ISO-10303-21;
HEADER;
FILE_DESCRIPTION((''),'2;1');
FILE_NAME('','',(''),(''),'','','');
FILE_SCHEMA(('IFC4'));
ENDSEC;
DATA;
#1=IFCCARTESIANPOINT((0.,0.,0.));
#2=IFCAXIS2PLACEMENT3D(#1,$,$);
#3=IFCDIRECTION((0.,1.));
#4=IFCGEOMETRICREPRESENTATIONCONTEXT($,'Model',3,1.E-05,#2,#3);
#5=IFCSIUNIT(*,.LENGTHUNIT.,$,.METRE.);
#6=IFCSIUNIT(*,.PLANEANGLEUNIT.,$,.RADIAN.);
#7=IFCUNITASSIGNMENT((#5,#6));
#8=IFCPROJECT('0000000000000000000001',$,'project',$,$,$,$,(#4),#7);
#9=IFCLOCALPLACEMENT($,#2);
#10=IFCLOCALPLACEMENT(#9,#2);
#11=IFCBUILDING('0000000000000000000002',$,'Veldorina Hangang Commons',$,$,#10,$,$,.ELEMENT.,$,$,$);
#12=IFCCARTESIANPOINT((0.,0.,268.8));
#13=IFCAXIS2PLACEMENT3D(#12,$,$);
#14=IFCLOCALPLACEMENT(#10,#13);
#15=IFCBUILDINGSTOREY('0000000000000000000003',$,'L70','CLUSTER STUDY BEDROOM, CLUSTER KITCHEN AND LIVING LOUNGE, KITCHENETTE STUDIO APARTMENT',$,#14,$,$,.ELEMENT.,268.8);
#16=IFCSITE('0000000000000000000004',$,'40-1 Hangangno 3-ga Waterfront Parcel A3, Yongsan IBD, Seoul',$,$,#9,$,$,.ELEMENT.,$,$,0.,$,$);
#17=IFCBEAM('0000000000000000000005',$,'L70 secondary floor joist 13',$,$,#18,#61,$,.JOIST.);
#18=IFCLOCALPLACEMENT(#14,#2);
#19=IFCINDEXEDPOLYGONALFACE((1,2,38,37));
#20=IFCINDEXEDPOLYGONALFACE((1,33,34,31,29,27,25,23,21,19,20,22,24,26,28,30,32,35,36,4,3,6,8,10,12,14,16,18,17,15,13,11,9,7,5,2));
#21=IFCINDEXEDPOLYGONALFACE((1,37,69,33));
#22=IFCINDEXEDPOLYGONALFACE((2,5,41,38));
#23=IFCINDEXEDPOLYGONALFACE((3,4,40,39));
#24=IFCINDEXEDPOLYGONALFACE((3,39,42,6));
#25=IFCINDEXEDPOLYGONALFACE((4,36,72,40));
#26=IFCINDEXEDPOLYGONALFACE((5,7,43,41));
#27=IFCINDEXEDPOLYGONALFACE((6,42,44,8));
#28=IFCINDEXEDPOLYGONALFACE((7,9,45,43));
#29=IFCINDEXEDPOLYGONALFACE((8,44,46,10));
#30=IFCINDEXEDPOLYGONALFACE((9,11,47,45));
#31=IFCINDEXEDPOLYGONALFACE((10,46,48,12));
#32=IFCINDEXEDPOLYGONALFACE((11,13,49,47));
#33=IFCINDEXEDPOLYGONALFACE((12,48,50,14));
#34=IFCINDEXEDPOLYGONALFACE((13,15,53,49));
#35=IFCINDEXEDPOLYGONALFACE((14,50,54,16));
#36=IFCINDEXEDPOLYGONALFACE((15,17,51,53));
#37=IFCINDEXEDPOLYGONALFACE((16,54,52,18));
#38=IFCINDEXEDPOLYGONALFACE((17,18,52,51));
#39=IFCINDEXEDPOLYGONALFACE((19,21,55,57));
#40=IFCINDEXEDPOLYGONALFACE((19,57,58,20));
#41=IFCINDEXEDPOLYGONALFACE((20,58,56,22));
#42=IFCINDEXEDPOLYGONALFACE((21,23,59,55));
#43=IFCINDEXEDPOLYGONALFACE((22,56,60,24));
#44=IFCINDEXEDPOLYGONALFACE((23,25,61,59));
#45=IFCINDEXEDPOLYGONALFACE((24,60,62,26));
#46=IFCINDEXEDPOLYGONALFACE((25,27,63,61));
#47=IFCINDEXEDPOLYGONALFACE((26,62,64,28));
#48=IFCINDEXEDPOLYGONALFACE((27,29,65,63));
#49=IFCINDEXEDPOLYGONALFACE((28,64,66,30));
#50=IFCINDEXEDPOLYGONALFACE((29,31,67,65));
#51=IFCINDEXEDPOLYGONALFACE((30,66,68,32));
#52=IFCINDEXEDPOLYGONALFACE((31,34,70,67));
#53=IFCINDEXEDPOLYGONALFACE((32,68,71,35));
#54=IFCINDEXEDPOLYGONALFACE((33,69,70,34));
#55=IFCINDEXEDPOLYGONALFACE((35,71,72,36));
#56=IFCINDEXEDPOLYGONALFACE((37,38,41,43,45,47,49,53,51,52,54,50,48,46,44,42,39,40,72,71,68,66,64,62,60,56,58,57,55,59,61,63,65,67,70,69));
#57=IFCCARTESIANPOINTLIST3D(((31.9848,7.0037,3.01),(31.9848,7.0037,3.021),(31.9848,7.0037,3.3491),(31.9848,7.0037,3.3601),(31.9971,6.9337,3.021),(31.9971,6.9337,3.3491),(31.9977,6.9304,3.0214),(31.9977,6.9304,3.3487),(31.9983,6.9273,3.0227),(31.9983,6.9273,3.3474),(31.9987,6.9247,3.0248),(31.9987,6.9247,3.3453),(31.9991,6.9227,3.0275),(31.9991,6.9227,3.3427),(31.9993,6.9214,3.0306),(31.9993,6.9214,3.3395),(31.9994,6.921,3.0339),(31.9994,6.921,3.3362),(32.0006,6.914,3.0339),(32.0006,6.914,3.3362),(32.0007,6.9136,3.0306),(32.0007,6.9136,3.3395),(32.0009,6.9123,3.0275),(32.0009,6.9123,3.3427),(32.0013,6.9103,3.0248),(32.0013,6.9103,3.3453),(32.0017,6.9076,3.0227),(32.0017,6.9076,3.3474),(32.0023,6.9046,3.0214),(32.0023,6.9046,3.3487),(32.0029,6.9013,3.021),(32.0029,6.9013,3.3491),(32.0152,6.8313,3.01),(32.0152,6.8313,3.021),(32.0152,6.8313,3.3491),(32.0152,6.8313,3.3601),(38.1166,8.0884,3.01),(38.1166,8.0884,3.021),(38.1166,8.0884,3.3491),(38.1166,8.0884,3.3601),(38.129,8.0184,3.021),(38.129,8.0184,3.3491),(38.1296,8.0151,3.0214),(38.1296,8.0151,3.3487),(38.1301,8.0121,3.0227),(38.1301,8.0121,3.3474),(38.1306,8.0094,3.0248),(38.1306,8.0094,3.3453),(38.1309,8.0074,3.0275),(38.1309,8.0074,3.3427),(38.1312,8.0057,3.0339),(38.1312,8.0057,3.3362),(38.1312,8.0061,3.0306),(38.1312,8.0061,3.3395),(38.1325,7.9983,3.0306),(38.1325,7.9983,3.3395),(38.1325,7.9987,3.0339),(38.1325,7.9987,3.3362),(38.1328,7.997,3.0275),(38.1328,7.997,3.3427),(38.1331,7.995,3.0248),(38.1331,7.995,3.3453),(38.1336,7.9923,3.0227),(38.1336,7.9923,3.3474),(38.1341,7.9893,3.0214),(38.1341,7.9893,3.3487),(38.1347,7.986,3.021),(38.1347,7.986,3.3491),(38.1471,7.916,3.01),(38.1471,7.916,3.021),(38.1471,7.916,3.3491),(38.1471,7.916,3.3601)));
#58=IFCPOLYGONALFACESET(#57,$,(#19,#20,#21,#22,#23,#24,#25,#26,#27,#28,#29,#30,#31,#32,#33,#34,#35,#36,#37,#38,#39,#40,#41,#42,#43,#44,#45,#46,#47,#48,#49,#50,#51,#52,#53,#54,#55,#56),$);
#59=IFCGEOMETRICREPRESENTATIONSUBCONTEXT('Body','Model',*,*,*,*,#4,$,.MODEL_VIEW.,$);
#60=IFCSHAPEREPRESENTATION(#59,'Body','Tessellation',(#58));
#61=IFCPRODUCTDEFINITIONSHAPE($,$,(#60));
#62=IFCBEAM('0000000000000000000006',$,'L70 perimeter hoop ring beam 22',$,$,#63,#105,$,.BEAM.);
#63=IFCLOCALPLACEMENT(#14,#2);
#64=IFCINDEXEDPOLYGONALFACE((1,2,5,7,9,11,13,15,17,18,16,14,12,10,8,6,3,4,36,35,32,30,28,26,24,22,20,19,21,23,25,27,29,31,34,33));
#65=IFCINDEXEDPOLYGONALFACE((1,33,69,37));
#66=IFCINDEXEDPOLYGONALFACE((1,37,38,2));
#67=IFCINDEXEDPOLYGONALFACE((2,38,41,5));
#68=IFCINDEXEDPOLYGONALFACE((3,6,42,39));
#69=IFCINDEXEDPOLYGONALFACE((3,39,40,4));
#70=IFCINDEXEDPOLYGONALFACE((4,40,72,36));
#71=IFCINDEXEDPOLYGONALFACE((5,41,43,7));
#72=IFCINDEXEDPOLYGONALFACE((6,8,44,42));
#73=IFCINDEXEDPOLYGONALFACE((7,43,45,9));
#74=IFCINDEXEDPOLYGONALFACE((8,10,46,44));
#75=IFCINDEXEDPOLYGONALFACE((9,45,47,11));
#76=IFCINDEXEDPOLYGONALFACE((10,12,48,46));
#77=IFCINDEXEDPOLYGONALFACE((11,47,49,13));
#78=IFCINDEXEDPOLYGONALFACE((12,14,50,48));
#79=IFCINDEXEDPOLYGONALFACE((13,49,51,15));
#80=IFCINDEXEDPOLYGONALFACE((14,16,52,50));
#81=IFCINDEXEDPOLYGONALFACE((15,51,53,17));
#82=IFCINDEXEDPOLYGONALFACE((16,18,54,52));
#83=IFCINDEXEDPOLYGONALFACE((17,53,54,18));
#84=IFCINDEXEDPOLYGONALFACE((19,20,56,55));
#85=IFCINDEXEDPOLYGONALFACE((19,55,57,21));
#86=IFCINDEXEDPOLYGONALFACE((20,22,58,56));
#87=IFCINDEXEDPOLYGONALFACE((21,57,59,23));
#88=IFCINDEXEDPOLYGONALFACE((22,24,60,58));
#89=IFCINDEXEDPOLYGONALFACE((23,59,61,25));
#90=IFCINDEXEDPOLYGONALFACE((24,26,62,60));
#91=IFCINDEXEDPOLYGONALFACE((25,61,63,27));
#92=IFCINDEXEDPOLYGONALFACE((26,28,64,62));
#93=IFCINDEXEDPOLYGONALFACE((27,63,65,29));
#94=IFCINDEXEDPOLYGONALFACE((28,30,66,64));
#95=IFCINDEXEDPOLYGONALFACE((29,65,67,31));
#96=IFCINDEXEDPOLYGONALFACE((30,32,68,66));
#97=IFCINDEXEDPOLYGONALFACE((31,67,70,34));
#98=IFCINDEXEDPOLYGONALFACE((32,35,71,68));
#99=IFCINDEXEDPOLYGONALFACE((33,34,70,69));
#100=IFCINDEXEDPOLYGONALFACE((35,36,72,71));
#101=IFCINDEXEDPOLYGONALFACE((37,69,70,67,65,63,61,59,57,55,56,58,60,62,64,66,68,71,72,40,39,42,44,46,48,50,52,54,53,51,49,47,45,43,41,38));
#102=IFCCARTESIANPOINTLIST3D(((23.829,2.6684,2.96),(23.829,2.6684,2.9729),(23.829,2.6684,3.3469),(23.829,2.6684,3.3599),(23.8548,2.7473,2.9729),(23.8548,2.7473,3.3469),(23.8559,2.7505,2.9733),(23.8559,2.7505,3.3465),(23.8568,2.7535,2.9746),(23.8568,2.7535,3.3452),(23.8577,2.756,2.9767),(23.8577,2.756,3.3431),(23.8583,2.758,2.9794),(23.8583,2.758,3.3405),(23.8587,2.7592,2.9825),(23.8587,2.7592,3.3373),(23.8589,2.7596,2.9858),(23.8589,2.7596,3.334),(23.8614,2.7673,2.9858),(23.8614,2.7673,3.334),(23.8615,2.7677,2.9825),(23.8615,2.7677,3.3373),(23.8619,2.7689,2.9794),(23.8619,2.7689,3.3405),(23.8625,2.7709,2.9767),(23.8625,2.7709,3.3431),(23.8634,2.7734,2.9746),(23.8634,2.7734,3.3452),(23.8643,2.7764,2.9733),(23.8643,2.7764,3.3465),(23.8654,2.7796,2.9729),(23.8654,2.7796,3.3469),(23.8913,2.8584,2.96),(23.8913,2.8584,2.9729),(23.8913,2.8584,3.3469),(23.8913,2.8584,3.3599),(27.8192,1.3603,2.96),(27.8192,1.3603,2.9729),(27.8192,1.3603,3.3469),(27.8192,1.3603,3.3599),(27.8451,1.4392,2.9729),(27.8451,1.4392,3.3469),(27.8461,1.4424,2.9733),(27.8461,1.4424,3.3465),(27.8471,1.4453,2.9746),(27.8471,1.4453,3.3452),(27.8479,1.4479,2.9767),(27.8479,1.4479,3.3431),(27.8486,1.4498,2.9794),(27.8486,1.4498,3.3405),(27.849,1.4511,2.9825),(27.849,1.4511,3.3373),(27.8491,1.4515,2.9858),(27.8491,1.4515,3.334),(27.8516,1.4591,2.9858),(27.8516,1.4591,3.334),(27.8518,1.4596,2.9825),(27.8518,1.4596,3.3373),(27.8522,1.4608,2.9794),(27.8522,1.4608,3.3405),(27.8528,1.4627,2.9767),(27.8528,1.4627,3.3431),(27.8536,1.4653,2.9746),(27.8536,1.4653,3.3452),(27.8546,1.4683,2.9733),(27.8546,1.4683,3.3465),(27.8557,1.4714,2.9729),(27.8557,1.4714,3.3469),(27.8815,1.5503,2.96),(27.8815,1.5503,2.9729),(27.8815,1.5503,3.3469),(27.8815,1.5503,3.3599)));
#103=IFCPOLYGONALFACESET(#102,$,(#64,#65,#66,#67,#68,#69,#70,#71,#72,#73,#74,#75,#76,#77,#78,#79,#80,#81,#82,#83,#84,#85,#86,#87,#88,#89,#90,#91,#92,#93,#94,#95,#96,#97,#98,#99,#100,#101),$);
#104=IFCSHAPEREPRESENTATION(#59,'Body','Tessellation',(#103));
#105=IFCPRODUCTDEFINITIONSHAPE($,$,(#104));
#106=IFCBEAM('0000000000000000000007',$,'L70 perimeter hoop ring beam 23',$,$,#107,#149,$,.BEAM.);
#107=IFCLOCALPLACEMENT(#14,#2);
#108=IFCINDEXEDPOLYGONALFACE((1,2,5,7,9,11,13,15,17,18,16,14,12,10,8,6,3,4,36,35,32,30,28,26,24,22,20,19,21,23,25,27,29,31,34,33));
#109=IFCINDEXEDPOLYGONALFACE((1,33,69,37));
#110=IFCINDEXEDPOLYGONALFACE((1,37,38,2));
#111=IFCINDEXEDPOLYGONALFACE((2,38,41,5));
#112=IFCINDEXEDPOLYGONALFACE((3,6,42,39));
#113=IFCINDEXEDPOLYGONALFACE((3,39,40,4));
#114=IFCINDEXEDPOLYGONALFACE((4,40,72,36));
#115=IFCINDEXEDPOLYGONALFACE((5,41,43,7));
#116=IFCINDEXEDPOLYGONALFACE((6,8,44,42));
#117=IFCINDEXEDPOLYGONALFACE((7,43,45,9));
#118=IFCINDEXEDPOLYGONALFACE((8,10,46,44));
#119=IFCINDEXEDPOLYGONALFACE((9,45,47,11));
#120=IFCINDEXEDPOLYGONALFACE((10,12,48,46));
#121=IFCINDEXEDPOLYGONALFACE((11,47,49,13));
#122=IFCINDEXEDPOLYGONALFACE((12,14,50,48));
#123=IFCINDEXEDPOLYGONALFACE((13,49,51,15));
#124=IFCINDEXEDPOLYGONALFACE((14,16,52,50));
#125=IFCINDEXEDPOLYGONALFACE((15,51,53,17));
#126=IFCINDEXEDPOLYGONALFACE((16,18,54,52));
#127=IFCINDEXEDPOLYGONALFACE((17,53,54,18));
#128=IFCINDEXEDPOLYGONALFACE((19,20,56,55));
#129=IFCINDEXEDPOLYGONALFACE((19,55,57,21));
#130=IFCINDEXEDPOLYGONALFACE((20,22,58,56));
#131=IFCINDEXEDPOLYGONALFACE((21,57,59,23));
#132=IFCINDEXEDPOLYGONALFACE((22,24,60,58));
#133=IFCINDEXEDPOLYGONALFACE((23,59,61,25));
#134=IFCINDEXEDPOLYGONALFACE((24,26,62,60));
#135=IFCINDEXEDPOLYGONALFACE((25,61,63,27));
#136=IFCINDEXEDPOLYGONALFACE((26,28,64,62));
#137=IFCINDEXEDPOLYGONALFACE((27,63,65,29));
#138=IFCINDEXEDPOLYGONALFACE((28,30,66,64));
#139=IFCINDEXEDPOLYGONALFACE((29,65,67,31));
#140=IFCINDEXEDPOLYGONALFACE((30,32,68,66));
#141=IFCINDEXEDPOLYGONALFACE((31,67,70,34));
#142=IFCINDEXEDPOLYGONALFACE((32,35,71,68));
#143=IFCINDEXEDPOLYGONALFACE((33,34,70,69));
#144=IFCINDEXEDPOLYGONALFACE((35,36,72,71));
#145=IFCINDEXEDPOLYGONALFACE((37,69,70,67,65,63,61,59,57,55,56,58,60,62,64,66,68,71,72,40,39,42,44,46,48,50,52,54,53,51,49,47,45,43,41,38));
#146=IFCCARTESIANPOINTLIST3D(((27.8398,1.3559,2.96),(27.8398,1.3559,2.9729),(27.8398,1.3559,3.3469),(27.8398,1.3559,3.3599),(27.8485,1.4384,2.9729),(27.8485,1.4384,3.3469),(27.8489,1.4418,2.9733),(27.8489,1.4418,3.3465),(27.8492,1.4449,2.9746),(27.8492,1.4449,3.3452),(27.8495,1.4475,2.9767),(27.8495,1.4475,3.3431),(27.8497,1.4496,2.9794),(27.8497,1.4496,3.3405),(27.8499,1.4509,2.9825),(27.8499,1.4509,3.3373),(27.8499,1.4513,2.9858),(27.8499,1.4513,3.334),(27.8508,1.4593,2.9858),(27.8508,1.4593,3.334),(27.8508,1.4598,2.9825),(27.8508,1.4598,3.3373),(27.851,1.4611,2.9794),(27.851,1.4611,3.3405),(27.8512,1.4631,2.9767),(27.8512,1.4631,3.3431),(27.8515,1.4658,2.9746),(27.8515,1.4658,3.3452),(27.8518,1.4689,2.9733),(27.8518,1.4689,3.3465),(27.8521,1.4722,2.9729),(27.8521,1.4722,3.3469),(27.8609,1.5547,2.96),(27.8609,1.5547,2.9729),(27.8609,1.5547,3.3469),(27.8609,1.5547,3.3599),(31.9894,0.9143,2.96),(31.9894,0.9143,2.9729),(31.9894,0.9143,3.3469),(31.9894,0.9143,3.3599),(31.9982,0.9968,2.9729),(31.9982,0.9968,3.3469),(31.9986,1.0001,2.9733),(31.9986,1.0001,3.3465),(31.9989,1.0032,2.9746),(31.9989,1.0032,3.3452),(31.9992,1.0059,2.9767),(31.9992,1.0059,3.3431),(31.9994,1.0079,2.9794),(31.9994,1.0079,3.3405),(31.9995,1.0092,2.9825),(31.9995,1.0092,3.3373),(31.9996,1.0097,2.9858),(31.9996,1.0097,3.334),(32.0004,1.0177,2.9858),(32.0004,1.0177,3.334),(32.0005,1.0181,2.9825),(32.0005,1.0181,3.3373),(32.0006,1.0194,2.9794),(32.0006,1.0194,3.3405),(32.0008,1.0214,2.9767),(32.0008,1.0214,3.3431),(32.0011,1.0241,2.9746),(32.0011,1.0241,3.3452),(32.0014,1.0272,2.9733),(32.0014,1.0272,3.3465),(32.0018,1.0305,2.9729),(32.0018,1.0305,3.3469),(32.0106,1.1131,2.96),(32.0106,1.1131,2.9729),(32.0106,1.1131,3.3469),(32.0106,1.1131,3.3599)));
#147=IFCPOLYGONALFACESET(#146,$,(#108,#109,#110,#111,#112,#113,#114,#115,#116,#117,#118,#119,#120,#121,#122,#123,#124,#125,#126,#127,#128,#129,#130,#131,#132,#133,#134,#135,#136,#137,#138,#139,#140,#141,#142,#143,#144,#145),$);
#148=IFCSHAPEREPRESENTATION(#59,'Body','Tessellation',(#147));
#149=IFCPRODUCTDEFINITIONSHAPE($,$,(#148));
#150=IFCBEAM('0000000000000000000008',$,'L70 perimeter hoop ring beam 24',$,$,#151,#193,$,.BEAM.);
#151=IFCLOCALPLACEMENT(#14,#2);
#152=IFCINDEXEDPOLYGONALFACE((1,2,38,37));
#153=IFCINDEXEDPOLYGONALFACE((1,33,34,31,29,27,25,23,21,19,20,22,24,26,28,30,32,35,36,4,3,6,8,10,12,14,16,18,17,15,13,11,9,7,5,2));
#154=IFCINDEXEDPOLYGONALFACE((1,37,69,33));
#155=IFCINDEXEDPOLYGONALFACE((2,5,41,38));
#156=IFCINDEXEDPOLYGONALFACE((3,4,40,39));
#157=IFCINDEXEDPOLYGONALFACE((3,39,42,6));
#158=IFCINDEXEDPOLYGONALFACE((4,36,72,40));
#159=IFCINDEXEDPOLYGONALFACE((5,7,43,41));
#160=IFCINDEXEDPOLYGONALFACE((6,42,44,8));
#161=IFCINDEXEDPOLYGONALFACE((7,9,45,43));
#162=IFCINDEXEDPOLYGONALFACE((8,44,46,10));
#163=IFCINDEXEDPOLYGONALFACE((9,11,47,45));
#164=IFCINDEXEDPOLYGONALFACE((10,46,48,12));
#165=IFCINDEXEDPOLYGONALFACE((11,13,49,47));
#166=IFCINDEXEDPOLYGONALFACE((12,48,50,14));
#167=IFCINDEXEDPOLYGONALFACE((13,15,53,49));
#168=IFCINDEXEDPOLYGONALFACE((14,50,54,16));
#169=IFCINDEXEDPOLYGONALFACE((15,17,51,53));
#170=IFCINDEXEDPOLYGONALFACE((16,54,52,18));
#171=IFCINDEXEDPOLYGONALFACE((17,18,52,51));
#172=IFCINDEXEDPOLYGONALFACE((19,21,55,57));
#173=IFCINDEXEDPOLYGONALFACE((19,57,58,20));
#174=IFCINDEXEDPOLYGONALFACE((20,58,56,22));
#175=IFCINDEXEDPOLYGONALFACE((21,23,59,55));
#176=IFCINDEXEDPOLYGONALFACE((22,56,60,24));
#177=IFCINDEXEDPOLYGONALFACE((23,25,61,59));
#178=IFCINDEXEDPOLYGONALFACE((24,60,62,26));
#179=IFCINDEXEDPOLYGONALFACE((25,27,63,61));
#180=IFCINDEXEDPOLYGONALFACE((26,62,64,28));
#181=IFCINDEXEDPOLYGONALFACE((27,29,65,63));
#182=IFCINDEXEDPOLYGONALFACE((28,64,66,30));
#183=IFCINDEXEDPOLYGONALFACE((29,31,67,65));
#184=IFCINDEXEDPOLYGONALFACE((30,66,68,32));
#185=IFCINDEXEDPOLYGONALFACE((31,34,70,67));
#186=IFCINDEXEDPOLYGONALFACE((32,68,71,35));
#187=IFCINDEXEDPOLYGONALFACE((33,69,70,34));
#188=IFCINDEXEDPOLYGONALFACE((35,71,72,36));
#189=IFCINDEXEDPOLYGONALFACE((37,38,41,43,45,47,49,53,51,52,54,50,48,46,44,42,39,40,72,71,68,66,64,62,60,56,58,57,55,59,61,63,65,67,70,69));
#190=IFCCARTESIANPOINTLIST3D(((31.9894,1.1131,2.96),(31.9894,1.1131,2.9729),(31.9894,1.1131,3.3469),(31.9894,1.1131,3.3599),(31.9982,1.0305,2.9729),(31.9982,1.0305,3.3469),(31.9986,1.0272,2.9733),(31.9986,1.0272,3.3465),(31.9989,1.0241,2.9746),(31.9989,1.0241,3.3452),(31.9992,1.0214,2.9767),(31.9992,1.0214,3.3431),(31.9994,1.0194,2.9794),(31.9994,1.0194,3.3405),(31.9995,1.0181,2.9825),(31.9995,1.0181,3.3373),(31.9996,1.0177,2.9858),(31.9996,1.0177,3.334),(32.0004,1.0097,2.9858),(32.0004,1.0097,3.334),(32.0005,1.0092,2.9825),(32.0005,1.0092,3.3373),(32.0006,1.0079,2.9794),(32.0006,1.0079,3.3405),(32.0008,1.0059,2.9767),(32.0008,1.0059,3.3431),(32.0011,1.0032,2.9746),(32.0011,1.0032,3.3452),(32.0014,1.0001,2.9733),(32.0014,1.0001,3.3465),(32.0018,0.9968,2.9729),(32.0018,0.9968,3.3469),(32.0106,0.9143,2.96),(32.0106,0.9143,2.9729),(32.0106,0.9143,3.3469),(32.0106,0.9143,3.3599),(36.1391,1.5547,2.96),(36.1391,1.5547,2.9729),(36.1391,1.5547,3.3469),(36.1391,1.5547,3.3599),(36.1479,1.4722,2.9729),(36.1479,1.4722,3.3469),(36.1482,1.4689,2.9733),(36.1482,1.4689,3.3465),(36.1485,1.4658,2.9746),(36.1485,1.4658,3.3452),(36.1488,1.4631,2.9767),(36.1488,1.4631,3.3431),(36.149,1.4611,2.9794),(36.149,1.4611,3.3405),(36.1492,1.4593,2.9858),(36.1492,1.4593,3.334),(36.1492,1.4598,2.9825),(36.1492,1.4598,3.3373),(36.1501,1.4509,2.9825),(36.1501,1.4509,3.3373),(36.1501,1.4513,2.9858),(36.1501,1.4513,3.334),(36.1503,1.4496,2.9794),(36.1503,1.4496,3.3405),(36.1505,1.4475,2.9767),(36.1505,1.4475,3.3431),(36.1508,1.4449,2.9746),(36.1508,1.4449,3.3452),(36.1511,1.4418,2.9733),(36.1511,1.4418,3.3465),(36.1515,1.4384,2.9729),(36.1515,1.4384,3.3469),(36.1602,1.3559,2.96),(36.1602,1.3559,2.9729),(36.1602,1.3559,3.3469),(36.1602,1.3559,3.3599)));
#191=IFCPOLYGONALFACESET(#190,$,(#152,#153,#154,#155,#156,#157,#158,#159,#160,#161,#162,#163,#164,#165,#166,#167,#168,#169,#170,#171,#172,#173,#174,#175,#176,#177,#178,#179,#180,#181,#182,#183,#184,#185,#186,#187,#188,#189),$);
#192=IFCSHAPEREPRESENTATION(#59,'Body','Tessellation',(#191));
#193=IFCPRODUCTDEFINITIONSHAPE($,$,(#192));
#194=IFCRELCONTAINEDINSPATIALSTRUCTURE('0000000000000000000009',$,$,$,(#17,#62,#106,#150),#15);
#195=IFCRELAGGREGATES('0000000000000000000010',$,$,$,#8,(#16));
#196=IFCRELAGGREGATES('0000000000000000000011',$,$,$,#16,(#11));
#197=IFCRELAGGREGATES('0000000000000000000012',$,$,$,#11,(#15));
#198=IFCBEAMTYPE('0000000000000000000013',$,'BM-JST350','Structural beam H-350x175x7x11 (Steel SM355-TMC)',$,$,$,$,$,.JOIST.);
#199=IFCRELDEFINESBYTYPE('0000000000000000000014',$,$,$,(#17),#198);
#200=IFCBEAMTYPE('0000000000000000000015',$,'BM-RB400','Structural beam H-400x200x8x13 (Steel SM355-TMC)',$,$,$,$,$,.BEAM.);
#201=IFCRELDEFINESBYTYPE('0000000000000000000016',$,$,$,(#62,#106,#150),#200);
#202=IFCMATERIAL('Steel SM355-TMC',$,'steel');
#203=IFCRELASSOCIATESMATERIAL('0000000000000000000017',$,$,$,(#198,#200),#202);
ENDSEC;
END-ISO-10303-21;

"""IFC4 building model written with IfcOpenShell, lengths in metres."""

from ifc_helpers import new_model, si_unit, direction, frame, origin, origin_2d, place, context, subcontext, project, spatial, i_section, extrude, material, material_profile, profile_set, type_object, element, save


model = new_model("IFC4")

# Units and contexts
model_context = context("Model", 3, precision=1e-05, world=origin(), true_north=direction((0.0, 1.0)))
body_context = subcontext(model_context, "Body", "Model", "MODEL_VIEW")
ifc_project = project(units=[si_unit("LENGTHUNIT", "METRE"), si_unit("PLANEANGLEUNIT", "RADIAN")], contexts=[model_context])

# Site, building, storey
site_placement = place(None, origin())
site = spatial("IfcSite", under=ifc_project, at=site_placement, Name="40-1 Hangangno 3-ga Waterfront Parcel A3, Yongsan IBD, Seoul", CompositionType="ELEMENT", RefElevation=0.0)
building_placement = place(site_placement, origin())
building = spatial("IfcBuilding", under=site, at=building_placement, Name="Veldorina Hangang Commons", CompositionType="ELEMENT")
storey_placement = place(building_placement, frame((0.0, 0.0, 268.8)))
storey = spatial("IfcBuildingStorey", under=building, at=storey_placement, Name="L70", Description="CLUSTER STUDY BEDROOM, CLUSTER KITCHEN AND LIVING LOUNGE, KITCHENETTE STUDIO APARTMENT", CompositionType="ELEMENT", Elevation=268.8)

# Beams
ifc_material_1 = material(Name="Steel SM355-TMC", Category="steel")
ifc_material_profile_1 = material_profile(ifc_material_1, i_section(OverallWidth=0.175, OverallDepth=0.3501, WebThickness=0.0071, FlangeThickness=0.011, FilletRadius=0.0129, at=origin_2d()), Name="H-350x175x7x11")
ifc_profile_set_1 = profile_set([ifc_material_profile_1], Name="Steel SM355-TMC")
beam_type_1 = type_object("IfcBeamType", Name="BM-JST350", Description="Structural beam H-350x175x7x11 (Steel SM355-TMC)", PredefinedType="JOIST", material=ifc_profile_set_1)
beam_1_placement = place(storey_placement, frame((32.0, 6.9175, 3.1851), z_axis=(0.984711, 0.174195, 0.0), x_axis=(-0.174195, 0.984711, 0.0)))
element("IfcBeam", 1, at=beam_1_placement, inside=storey, type_object=beam_type_1, Name="L70 secondary floor joist 13", PredefinedType="JOIST", context=body_context, shape_type="SweptSolid", body=[
    extrude(i_section(OverallWidth=0.175, OverallDepth=0.3501, WebThickness=0.0071, FlangeThickness=0.011, FilletRadius=0.0129, at=origin_2d()), origin(), (0.0, 0.0, 1.0), 6.2271),
])
ifc_material_profile_2 = material_profile(ifc_material_1, i_section(OverallWidth=0.2, OverallDepth=0.3999, WebThickness=0.0081, FlangeThickness=0.0129, FilletRadius=0.0129, at=origin_2d()), Name="H-400x200x8x13")
ifc_profile_set_2 = profile_set([ifc_material_profile_2], Name="Steel SM355-TMC")
beam_type_2 = type_object("IfcBeamType", Name="BM-RB400", Description="Structural beam H-400x200x8x13 (Steel SM355-TMC)", PredefinedType="BEAM", material=ifc_profile_set_2)
beam_2_placement = place(storey_placement, frame((23.8601, 2.7634, 3.1599), z_axis=(0.950241, -0.311515, 0.0), x_axis=(0.311515, 0.950241, 0.0)))
element("IfcBeam", 2, at=beam_2_placement, inside=storey, type_object=beam_type_2, Name="L70 perimeter hoop ring beam 22", PredefinedType="BEAM", context=body_context, shape_type="SweptSolid", body=[
    extrude(i_section(OverallWidth=0.2, OverallDepth=0.3999, WebThickness=0.0081, FlangeThickness=0.0129, FilletRadius=0.0129, at=origin_2d()), origin(), (0.0, 0.0, 1.0), 4.1992),
])
for number, where, z_axis, x_axis, name in (
    (3, (27.8503, 1.4553, 3.1599), (0.994384, -0.105833, 0.0), (0.105833, 0.994384, 0.0), "L70 perimeter hoop ring beam 23"),
    (4, (32.0, 1.0137, 3.1599), (0.994384, 0.105833, 0.0), (-0.105833, 0.994384, 0.0), "L70 perimeter hoop ring beam 24"),
):
    element("IfcBeam", number, at=place(storey_placement, frame(where, z_axis=z_axis, x_axis=x_axis)), inside=storey, type_object=beam_type_2, Name=name, PredefinedType="BEAM", context=body_context, shape_type="SweptSolid", body=[
        extrude(i_section(OverallWidth=0.2, OverallDepth=0.3999, WebThickness=0.0081, FlangeThickness=0.0129, FilletRadius=0.0129, at=origin_2d()), origin(), (0.0, 0.0, 1.0), 4.1731),
    ])

save(model, "model.ifc")
